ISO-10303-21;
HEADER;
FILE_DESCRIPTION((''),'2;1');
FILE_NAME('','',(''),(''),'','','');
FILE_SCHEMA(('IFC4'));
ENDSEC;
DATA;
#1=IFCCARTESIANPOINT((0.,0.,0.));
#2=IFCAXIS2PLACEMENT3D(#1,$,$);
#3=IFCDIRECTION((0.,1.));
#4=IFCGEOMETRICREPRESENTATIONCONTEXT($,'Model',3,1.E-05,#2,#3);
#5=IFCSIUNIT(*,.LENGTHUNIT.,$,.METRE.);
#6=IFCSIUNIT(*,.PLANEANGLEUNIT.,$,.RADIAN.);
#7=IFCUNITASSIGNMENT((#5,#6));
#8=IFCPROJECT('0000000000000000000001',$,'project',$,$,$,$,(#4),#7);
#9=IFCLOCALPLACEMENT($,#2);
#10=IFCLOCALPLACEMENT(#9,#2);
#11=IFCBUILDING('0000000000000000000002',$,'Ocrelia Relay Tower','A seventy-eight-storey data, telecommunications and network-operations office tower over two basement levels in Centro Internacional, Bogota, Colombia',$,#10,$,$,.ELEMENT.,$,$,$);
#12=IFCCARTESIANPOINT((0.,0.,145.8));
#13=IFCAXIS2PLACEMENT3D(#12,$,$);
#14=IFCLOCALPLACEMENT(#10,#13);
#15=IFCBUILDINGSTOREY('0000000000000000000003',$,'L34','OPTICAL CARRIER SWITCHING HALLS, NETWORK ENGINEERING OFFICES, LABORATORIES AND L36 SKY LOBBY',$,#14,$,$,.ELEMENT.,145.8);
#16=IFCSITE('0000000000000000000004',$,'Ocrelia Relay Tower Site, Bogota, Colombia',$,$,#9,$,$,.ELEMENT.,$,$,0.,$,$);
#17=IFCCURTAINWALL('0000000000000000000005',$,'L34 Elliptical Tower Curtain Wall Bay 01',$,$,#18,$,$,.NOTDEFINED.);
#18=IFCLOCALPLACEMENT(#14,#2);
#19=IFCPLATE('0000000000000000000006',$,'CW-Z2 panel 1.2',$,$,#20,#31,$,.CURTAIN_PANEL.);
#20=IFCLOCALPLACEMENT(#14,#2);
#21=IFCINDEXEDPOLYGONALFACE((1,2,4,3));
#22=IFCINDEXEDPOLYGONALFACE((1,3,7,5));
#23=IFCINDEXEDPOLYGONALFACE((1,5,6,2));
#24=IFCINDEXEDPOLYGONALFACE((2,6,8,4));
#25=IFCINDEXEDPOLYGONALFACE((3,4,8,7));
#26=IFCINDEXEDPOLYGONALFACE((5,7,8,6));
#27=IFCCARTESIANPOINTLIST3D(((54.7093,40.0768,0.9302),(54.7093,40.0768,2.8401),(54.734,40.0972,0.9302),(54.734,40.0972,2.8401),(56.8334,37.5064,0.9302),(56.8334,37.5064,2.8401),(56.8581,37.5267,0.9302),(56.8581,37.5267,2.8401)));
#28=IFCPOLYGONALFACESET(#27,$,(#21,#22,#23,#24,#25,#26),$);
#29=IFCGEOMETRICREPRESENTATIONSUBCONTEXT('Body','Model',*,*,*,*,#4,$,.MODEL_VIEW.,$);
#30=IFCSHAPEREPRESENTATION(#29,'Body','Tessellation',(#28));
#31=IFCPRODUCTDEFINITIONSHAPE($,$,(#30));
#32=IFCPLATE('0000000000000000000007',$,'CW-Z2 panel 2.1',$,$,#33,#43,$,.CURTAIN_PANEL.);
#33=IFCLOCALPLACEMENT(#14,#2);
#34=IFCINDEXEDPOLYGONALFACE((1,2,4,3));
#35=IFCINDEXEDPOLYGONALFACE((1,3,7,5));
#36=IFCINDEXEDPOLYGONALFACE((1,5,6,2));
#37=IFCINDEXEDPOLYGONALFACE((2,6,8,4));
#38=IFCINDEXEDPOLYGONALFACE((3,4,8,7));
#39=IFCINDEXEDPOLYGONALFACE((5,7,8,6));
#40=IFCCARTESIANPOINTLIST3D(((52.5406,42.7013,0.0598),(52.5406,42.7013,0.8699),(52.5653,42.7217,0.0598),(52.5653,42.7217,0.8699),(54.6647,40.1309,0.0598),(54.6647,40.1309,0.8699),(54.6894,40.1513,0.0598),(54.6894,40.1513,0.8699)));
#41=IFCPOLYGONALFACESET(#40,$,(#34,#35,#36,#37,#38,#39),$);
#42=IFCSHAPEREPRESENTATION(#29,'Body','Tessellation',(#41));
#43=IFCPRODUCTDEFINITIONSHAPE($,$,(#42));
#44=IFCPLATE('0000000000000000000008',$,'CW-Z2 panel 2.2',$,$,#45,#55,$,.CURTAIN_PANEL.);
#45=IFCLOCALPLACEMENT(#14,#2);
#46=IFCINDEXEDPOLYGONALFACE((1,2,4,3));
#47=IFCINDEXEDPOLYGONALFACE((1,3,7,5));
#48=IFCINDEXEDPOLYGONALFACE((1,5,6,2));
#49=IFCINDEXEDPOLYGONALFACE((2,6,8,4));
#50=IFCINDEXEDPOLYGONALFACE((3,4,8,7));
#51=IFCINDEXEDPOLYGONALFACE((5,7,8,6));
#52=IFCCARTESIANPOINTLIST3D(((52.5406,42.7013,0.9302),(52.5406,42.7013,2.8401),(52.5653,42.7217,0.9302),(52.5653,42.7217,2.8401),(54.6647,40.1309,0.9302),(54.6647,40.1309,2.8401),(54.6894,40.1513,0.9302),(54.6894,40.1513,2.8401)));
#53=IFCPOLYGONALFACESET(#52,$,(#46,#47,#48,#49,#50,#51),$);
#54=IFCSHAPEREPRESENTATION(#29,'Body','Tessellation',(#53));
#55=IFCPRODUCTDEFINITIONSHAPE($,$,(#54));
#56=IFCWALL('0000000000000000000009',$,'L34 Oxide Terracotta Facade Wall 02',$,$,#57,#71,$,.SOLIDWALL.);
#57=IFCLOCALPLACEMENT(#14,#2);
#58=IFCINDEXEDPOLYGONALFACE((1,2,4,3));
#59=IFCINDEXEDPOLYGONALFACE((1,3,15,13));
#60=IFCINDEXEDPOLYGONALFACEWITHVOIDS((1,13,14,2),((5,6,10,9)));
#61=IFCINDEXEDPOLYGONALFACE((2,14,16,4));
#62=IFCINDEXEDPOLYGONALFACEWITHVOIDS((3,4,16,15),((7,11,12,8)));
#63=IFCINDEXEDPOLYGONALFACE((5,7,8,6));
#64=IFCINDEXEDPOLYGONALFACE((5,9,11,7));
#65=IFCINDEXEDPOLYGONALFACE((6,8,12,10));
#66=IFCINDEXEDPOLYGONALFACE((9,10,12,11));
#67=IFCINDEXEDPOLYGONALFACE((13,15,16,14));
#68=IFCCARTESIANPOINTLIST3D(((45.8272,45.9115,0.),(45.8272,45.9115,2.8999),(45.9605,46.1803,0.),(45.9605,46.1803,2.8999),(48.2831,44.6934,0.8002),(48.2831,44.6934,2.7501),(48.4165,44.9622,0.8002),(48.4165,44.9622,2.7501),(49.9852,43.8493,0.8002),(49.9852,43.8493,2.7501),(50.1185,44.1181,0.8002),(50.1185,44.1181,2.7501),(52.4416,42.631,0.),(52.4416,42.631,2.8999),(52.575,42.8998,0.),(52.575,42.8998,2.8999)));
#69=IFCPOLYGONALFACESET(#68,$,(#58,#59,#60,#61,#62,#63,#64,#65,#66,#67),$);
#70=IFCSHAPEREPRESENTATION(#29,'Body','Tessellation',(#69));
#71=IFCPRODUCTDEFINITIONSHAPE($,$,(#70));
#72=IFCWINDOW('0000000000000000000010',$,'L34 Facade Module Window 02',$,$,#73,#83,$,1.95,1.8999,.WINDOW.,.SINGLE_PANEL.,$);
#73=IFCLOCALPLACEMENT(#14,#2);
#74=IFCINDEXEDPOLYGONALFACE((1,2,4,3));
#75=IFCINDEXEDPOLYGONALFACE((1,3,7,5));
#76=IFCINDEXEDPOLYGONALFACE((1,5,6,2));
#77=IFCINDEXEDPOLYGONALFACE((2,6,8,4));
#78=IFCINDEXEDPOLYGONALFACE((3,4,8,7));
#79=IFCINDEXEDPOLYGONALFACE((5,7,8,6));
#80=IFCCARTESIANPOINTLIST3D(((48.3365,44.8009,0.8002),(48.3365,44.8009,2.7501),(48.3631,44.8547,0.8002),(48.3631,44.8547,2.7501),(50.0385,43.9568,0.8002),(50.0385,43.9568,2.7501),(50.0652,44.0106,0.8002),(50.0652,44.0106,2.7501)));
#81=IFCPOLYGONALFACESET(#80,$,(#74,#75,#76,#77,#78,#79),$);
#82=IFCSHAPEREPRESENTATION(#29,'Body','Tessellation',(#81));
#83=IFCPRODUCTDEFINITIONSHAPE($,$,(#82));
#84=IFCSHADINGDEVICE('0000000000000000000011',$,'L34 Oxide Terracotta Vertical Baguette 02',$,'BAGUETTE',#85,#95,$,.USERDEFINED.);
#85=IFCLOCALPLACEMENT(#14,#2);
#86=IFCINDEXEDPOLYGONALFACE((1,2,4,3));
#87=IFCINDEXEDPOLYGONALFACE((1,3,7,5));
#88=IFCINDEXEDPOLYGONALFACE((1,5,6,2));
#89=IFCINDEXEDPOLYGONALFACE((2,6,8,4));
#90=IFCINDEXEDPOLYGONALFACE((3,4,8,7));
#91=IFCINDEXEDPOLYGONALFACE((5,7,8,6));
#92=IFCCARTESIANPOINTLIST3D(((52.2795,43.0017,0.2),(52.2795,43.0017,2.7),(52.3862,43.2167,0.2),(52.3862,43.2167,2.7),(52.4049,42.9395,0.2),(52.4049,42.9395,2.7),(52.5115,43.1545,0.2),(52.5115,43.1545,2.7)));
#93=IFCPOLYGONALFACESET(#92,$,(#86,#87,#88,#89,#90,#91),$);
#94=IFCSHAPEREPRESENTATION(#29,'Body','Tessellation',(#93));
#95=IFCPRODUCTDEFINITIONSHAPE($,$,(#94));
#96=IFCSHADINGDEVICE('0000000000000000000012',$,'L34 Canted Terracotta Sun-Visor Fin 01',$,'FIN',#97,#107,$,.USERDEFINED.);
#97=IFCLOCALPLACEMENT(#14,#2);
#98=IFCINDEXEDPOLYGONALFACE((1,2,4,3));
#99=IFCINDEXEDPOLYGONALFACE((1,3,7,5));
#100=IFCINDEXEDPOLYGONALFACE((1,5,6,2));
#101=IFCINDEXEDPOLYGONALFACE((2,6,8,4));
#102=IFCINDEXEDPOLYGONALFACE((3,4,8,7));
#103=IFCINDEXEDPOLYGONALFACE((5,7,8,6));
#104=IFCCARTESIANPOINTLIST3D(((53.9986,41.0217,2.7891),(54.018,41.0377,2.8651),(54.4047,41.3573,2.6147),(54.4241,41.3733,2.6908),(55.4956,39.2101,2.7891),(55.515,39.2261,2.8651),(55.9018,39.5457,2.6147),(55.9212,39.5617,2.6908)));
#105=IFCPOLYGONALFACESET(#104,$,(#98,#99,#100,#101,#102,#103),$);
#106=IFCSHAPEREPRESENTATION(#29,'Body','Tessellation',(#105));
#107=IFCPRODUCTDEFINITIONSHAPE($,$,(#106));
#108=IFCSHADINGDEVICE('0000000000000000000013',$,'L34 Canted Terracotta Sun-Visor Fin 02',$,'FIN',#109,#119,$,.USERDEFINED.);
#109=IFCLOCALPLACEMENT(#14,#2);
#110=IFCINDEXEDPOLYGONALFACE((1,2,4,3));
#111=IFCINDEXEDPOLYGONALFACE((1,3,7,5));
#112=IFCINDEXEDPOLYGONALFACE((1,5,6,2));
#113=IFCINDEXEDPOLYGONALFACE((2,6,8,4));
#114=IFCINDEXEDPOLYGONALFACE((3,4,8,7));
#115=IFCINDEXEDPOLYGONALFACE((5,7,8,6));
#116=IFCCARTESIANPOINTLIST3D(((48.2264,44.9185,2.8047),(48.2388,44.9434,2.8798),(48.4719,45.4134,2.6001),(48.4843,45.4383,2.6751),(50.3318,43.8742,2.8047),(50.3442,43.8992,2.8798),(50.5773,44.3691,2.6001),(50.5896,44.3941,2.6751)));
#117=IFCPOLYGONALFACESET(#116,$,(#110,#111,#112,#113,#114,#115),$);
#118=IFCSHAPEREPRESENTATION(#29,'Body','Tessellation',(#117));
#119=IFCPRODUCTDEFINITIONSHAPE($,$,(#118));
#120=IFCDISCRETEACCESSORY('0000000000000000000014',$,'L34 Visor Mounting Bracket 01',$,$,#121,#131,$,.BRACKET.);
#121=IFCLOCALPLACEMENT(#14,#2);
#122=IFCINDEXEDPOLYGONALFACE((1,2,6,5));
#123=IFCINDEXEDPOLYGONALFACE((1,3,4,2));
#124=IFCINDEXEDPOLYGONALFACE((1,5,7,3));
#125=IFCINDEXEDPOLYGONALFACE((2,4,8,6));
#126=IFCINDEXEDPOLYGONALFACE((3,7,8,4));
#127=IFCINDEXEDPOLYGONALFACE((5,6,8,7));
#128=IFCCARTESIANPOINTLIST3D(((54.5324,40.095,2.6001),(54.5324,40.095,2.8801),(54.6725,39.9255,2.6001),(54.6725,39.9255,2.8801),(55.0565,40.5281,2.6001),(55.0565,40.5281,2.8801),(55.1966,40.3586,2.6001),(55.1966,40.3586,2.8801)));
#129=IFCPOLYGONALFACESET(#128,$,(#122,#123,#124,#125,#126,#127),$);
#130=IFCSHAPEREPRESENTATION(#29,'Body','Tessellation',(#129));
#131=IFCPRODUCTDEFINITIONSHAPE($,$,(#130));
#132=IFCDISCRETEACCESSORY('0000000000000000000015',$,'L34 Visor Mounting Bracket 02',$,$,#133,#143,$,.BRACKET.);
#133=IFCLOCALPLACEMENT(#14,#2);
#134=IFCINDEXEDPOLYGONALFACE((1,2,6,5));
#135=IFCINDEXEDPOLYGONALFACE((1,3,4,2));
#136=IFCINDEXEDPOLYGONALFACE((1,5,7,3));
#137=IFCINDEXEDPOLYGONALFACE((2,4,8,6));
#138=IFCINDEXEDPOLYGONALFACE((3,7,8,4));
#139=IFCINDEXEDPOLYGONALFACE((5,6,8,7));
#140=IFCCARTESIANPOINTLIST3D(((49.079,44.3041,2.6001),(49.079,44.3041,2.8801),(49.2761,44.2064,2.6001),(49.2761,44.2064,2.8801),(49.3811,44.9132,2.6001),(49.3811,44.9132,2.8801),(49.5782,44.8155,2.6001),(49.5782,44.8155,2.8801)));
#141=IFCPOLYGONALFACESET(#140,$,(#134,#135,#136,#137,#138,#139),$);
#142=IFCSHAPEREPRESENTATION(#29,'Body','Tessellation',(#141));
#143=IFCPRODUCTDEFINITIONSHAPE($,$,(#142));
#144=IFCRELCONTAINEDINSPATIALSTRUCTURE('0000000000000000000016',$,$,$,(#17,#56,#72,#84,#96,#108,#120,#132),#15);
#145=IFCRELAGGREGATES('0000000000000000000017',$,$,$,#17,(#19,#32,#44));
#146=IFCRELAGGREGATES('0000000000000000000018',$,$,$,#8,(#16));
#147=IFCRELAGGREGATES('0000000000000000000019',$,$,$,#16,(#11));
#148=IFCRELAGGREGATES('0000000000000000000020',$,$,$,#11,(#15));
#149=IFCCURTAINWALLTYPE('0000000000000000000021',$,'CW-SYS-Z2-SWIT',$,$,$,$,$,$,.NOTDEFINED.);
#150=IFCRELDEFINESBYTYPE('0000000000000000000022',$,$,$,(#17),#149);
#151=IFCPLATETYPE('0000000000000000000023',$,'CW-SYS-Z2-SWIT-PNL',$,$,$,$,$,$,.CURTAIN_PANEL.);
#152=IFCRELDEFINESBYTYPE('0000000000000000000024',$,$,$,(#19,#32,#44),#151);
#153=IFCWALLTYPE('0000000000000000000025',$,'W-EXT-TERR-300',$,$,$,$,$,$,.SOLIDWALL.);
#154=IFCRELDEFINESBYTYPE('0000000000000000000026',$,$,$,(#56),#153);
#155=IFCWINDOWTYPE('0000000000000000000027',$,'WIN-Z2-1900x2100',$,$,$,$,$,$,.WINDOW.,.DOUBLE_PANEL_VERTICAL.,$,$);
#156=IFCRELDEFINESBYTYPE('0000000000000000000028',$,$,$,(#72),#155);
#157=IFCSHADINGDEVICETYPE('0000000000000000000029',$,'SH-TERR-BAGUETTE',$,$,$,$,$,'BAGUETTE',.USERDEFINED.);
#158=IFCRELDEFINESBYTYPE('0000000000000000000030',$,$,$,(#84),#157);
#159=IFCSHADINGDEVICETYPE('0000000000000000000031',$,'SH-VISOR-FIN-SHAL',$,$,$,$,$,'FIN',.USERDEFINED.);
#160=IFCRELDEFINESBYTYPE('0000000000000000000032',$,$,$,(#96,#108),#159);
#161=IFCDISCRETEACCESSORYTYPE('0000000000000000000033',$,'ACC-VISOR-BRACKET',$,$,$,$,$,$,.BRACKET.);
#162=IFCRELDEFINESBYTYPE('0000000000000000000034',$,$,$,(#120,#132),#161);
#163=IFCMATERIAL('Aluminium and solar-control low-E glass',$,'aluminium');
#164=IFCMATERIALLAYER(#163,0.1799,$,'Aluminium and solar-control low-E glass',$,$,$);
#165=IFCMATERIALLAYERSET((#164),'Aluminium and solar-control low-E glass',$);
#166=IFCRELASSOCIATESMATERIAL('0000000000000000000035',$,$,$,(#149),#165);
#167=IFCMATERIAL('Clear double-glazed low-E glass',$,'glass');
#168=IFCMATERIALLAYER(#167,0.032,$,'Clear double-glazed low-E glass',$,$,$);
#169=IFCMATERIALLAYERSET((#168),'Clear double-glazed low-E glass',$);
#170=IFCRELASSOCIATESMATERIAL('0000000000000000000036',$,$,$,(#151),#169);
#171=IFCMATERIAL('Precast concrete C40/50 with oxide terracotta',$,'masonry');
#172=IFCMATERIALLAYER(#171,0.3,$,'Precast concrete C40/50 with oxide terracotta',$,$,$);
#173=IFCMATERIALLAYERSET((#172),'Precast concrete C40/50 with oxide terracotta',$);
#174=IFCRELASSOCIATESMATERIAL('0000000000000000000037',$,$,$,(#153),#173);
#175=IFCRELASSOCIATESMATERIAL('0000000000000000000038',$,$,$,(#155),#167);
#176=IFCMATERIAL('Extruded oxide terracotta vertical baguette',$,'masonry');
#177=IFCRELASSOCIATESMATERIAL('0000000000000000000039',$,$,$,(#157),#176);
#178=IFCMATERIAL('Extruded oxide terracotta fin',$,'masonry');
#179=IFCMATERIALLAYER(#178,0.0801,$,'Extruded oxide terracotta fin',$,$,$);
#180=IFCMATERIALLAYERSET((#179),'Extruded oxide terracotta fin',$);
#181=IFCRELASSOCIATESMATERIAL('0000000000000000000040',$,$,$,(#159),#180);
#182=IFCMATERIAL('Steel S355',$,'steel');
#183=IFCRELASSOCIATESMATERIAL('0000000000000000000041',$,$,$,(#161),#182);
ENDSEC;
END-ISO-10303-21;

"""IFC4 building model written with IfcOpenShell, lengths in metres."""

from ifc_helpers import new_model, si_unit, direction, frame, frame_2d, origin, origin_2d, place, context, subcontext, project, spatial, rectangle, extrude, material, layer, layer_set, type_object, element, fill, aggregate, save


model = new_model("IFC4")

# Units and contexts
model_context = context("Model", 3, precision=1e-05, world=origin(), true_north=direction((0.0, 1.0)))
body_context = subcontext(model_context, "Body", "Model", "MODEL_VIEW")
ifc_project = project(units=[si_unit("LENGTHUNIT", "METRE"), si_unit("PLANEANGLEUNIT", "RADIAN")], contexts=[model_context])

# Site, building, storey
site_placement = place(None, origin())
site = spatial("IfcSite", under=ifc_project, at=site_placement, Name="Ocrelia Relay Tower Site, Bogota, Colombia", CompositionType="ELEMENT", RefElevation=0.0)
building_placement = place(site_placement, origin())
building = spatial("IfcBuilding", under=site, at=building_placement, Name="Ocrelia Relay Tower", Description="A seventy-eight-storey data, telecommunications and network-operations office tower over two basement levels in Centro Internacional, Bogota, Colombia", CompositionType="ELEMENT")
storey_placement = place(building_placement, frame((0.0, 0.0, 145.8)))
storey = spatial("IfcBuildingStorey", under=building, at=storey_placement, Name="L34", Description="OPTICAL CARRIER SWITCHING HALLS, NETWORK ENGINEERING OFFICES, LABORATORIES AND L36 SKY LOBBY", CompositionType="ELEMENT", Elevation=145.8)

# Curtain wall
ifc_material_1 = material(Name="Aluminium and solar-control low-E glass", Category="aluminium")
ifc_layer_1 = layer(ifc_material_1, 0.1799, Name="Aluminium and solar-control low-E glass")
ifc_layer_set_1 = layer_set([ifc_layer_1], Name="Aluminium and solar-control low-E glass")
curtain_wall_type = type_object("IfcCurtainWallType", Name="CW-SYS-Z2-SWIT", PredefinedType="NOTDEFINED", material=ifc_layer_set_1)
curtain_wall_1_placement = place(storey_placement, origin())
curtain_wall_1 = element("IfcCurtainWall", 1, at=curtain_wall_1_placement, inside=storey, type_object=curtain_wall_type, Name="L34 Elliptical Tower Curtain Wall Bay 01", PredefinedType="NOTDEFINED")

# Plates
ifc_material_2 = material(Name="Clear double-glazed low-E glass", Category="glass")
ifc_layer_2 = layer(ifc_material_2, 0.032, Name="Clear double-glazed low-E glass")
ifc_layer_set_2 = layer_set([ifc_layer_2], Name="Clear double-glazed low-E glass")
plate_type = type_object("IfcPlateType", Name="CW-SYS-Z2-SWIT-PNL", PredefinedType="CURTAIN_PANEL", material=ifc_layer_set_2)
plate_1_placement = place(storey_placement, frame((55.7837, 38.8018, 0.9302), z_axis=(0.0, 0.0, 1.0), x_axis=(-0.637005, 0.77086, 0.0)))
plate_1 = element("IfcPlate", 2, at=plate_1_placement, type_object=plate_type, Name="CW-Z2 panel 1.2", PredefinedType="CURTAIN_PANEL", context=body_context, shape_type="SweptSolid", body=[
    extrude(rectangle(XDim=3.3345, YDim=0.032, at=origin_2d()), origin(), (0.0, 0.0, 1.0), 1.9099),
])
plate_2_placement = place(storey_placement, frame((53.615, 41.4263, 0.0598), z_axis=(0.0, 0.0, 1.0), x_axis=(-0.637005, 0.77086, 0.0)))
plate_2 = element("IfcPlate", 3, at=plate_2_placement, type_object=plate_type, Name="CW-Z2 panel 2.1", PredefinedType="CURTAIN_PANEL", context=body_context, shape_type="SweptSolid", body=[
    extrude(rectangle(XDim=3.3345, YDim=0.032, at=origin_2d()), origin(), (0.0, 0.0, 1.0), 0.8101),
])
plate_3_placement = place(storey_placement, frame((53.615, 41.4263, 0.9302), z_axis=(0.0, 0.0, 1.0), x_axis=(-0.637005, 0.77086, 0.0)))
plate_3 = element("IfcPlate", 4, at=plate_3_placement, type_object=plate_type, Name="CW-Z2 panel 2.2", PredefinedType="CURTAIN_PANEL", context=body_context, shape_type="SweptSolid", body=[
    extrude(rectangle(XDim=3.3345, YDim=0.032, at=origin_2d()), origin(), (0.0, 0.0, 1.0), 1.9099),
])
aggregate(curtain_wall_1, [plate_1, plate_2, plate_3])

# Wall, opening, window
ifc_material_3 = material(Name="Precast concrete C40/50 with oxide terracotta", Category="masonry")
ifc_layer_3 = layer(ifc_material_3, 0.3, Name="Precast concrete C40/50 with oxide terracotta")
ifc_layer_set_3 = layer_set([ifc_layer_3], Name="Precast concrete C40/50 with oxide terracotta")
wall_type = type_object("IfcWallType", Name="W-EXT-TERR-300", PredefinedType="SOLIDWALL", material=ifc_layer_set_3)
wall_placement = place(storey_placement, frame((52.5083, 42.7654, 0.0), z_axis=(0.0, 0.0, 1.0), x_axis=(-0.895871, 0.444315, 0.0)))
wall = element("IfcWall", 5, at=wall_placement, inside=storey, type_object=wall_type, Name="L34 Oxide Terracotta Facade Wall 02", PredefinedType="SOLIDWALL", context=body_context, shape_type="SweptSolid", body=[
    extrude(rectangle(XDim=7.3833, YDim=0.3, at=frame_2d((3.6917, 0.0))), origin(), (0.0, 0.0, 1.0), 2.8999),
])
opening_placement = place(wall_placement, frame((2.7419, 0.0, 0.8)))
opening = element("IfcOpeningElement", 6, at=opening_placement, cuts=wall, PredefinedType="OPENING", context=body_context, shape_type="SweptSolid", body=[
    extrude(rectangle(XDim=1.8999, YDim=1.95, at=frame_2d((0.95, 0.9751))), frame((0.0, 0.1602, 0.0), z_axis=(0.0, -1.0, 0.0), x_axis=(1.0, 0.0, 0.0)), (0.0, 0.0, 1.0), 0.3201),
])
window_type = type_object("IfcWindowType", Name="WIN-Z2-1900x2100", PartitioningType="DOUBLE_PANEL_VERTICAL", PredefinedType="WINDOW", material=ifc_material_2)
window_placement = place(opening_placement, origin())
window = element("IfcWindow", 7, at=window_placement, inside=storey, type_object=window_type, Name="L34 Facade Module Window 02", OverallHeight=1.95, OverallWidth=1.8999, PartitioningType="SINGLE_PANEL", PredefinedType="WINDOW", context=body_context, shape_type="SweptSolid", body=[
    extrude(rectangle(XDim=1.8999, YDim=1.95, at=frame_2d((0.95, 0.9751))), frame((0.0, 0.03, 0.0), z_axis=(0.0, -1.0, 0.0), x_axis=(1.0, 0.0, 0.0)), (0.0, 0.0, 1.0), 0.0601),
])
fill(opening, window)

# Shading devices
ifc_material_4 = material(Name="Extruded oxide terracotta vertical baguette", Category="masonry")
shading_device_type_1 = type_object("IfcShadingDeviceType", Name="SH-TERR-BAGUETTE", ElementType="BAGUETTE", PredefinedType="USERDEFINED", material=ifc_material_4)
shading_device_1_placement = place(storey_placement, frame((52.3955, 43.0781, 0.2), z_axis=(0.0, 0.0, 1.0), x_axis=(-0.895864, 0.444329, 0.0)))
element("IfcShadingDevice", 8, at=shading_device_1_placement, inside=storey, type_object=shading_device_type_1, Name="L34 Oxide Terracotta Vertical Baguette 02", ObjectType="BAGUETTE", PredefinedType="USERDEFINED", context=body_context, shape_type="SweptSolid", body=[
    extrude(rectangle(XDim=0.1399, YDim=0.24, at=origin_2d()), origin(), (0.0, 0.0, 1.0), 2.5),
])
ifc_material_5 = material(Name="Extruded oxide terracotta fin", Category="masonry")
ifc_layer_4 = layer(ifc_material_5, 0.0801, Name="Extruded oxide terracotta fin")
ifc_layer_set_4 = layer_set([ifc_layer_4], Name="Extruded oxide terracotta fin")
shading_device_type_2 = type_object("IfcShadingDeviceType", Name="SH-VISOR-FIN-SHAL", ElementType="FIN", PredefinedType="USERDEFINED", material=ifc_layer_set_4)
shading_device_2_placement = place(storey_placement, frame((54.9502, 40.2837, 2.7019), z_axis=(0.242172, 0.20012, 0.949371), x_axis=(-0.637005, 0.77086, 0.0)))
element("IfcShadingDevice", 9, at=shading_device_2_placement, inside=storey, type_object=shading_device_type_2, Name="L34 Canted Terracotta Sun-Visor Fin 01", ObjectType="FIN", PredefinedType="USERDEFINED", context=body_context, shape_type="SweptSolid", body=[
    extrude(rectangle(XDim=2.3501, YDim=0.5549, at=origin_2d()), origin(), (0.0, 0.0, 1.0), 0.0801),
])
shading_device_3_placement = place(storey_placement, frame((49.4019, 44.6438, 2.7024), z_axis=(0.154372, 0.311247, 0.937707), x_axis=(-0.895864, 0.444329, 0.0)))
element("IfcShadingDevice", 10, at=shading_device_3_placement, inside=storey, type_object=shading_device_type_2, Name="L34 Canted Terracotta Sun-Visor Fin 02", ObjectType="FIN", PredefinedType="USERDEFINED", context=body_context, shape_type="SweptSolid", body=[
    extrude(rectangle(XDim=2.3501, YDim=0.5891, at=origin_2d()), origin(), (0.0, 0.0, 1.0), 0.0801),
])

# Discrete accessories
ifc_material_6 = material(Name="Steel S355", Category="steel")
discrete_accessory_type = type_object("IfcDiscreteAccessoryType", Name="ACC-VISOR-BRACKET", PredefinedType="BRACKET", material=ifc_material_6)
for number, where, z_axis, x_axis, name in (
    (11, (54.8645, 40.2268, 2.6001), (0.0, 0.0, 1.0), (-0.637005, 0.77086, 0.0), "L34 Visor Mounting Bracket 01"),
    (12, (49.3286, 44.5598, 2.6001), (0.0, 0.0, 1.0), (-0.895864, 0.444329, 0.0), "L34 Visor Mounting Bracket 02"),
):
    element("IfcDiscreteAccessory", number, at=place(storey_placement, frame(where, z_axis=z_axis, x_axis=x_axis)), inside=storey, type_object=discrete_accessory_type, Name=name, PredefinedType="BRACKET", context=body_context, shape_type="SweptSolid", body=[
        extrude(rectangle(XDim=0.22, YDim=0.6799, at=origin_2d()), origin(), (0.0, 0.0, 1.0), 0.28),
    ])

save(model, "model.ifc")
